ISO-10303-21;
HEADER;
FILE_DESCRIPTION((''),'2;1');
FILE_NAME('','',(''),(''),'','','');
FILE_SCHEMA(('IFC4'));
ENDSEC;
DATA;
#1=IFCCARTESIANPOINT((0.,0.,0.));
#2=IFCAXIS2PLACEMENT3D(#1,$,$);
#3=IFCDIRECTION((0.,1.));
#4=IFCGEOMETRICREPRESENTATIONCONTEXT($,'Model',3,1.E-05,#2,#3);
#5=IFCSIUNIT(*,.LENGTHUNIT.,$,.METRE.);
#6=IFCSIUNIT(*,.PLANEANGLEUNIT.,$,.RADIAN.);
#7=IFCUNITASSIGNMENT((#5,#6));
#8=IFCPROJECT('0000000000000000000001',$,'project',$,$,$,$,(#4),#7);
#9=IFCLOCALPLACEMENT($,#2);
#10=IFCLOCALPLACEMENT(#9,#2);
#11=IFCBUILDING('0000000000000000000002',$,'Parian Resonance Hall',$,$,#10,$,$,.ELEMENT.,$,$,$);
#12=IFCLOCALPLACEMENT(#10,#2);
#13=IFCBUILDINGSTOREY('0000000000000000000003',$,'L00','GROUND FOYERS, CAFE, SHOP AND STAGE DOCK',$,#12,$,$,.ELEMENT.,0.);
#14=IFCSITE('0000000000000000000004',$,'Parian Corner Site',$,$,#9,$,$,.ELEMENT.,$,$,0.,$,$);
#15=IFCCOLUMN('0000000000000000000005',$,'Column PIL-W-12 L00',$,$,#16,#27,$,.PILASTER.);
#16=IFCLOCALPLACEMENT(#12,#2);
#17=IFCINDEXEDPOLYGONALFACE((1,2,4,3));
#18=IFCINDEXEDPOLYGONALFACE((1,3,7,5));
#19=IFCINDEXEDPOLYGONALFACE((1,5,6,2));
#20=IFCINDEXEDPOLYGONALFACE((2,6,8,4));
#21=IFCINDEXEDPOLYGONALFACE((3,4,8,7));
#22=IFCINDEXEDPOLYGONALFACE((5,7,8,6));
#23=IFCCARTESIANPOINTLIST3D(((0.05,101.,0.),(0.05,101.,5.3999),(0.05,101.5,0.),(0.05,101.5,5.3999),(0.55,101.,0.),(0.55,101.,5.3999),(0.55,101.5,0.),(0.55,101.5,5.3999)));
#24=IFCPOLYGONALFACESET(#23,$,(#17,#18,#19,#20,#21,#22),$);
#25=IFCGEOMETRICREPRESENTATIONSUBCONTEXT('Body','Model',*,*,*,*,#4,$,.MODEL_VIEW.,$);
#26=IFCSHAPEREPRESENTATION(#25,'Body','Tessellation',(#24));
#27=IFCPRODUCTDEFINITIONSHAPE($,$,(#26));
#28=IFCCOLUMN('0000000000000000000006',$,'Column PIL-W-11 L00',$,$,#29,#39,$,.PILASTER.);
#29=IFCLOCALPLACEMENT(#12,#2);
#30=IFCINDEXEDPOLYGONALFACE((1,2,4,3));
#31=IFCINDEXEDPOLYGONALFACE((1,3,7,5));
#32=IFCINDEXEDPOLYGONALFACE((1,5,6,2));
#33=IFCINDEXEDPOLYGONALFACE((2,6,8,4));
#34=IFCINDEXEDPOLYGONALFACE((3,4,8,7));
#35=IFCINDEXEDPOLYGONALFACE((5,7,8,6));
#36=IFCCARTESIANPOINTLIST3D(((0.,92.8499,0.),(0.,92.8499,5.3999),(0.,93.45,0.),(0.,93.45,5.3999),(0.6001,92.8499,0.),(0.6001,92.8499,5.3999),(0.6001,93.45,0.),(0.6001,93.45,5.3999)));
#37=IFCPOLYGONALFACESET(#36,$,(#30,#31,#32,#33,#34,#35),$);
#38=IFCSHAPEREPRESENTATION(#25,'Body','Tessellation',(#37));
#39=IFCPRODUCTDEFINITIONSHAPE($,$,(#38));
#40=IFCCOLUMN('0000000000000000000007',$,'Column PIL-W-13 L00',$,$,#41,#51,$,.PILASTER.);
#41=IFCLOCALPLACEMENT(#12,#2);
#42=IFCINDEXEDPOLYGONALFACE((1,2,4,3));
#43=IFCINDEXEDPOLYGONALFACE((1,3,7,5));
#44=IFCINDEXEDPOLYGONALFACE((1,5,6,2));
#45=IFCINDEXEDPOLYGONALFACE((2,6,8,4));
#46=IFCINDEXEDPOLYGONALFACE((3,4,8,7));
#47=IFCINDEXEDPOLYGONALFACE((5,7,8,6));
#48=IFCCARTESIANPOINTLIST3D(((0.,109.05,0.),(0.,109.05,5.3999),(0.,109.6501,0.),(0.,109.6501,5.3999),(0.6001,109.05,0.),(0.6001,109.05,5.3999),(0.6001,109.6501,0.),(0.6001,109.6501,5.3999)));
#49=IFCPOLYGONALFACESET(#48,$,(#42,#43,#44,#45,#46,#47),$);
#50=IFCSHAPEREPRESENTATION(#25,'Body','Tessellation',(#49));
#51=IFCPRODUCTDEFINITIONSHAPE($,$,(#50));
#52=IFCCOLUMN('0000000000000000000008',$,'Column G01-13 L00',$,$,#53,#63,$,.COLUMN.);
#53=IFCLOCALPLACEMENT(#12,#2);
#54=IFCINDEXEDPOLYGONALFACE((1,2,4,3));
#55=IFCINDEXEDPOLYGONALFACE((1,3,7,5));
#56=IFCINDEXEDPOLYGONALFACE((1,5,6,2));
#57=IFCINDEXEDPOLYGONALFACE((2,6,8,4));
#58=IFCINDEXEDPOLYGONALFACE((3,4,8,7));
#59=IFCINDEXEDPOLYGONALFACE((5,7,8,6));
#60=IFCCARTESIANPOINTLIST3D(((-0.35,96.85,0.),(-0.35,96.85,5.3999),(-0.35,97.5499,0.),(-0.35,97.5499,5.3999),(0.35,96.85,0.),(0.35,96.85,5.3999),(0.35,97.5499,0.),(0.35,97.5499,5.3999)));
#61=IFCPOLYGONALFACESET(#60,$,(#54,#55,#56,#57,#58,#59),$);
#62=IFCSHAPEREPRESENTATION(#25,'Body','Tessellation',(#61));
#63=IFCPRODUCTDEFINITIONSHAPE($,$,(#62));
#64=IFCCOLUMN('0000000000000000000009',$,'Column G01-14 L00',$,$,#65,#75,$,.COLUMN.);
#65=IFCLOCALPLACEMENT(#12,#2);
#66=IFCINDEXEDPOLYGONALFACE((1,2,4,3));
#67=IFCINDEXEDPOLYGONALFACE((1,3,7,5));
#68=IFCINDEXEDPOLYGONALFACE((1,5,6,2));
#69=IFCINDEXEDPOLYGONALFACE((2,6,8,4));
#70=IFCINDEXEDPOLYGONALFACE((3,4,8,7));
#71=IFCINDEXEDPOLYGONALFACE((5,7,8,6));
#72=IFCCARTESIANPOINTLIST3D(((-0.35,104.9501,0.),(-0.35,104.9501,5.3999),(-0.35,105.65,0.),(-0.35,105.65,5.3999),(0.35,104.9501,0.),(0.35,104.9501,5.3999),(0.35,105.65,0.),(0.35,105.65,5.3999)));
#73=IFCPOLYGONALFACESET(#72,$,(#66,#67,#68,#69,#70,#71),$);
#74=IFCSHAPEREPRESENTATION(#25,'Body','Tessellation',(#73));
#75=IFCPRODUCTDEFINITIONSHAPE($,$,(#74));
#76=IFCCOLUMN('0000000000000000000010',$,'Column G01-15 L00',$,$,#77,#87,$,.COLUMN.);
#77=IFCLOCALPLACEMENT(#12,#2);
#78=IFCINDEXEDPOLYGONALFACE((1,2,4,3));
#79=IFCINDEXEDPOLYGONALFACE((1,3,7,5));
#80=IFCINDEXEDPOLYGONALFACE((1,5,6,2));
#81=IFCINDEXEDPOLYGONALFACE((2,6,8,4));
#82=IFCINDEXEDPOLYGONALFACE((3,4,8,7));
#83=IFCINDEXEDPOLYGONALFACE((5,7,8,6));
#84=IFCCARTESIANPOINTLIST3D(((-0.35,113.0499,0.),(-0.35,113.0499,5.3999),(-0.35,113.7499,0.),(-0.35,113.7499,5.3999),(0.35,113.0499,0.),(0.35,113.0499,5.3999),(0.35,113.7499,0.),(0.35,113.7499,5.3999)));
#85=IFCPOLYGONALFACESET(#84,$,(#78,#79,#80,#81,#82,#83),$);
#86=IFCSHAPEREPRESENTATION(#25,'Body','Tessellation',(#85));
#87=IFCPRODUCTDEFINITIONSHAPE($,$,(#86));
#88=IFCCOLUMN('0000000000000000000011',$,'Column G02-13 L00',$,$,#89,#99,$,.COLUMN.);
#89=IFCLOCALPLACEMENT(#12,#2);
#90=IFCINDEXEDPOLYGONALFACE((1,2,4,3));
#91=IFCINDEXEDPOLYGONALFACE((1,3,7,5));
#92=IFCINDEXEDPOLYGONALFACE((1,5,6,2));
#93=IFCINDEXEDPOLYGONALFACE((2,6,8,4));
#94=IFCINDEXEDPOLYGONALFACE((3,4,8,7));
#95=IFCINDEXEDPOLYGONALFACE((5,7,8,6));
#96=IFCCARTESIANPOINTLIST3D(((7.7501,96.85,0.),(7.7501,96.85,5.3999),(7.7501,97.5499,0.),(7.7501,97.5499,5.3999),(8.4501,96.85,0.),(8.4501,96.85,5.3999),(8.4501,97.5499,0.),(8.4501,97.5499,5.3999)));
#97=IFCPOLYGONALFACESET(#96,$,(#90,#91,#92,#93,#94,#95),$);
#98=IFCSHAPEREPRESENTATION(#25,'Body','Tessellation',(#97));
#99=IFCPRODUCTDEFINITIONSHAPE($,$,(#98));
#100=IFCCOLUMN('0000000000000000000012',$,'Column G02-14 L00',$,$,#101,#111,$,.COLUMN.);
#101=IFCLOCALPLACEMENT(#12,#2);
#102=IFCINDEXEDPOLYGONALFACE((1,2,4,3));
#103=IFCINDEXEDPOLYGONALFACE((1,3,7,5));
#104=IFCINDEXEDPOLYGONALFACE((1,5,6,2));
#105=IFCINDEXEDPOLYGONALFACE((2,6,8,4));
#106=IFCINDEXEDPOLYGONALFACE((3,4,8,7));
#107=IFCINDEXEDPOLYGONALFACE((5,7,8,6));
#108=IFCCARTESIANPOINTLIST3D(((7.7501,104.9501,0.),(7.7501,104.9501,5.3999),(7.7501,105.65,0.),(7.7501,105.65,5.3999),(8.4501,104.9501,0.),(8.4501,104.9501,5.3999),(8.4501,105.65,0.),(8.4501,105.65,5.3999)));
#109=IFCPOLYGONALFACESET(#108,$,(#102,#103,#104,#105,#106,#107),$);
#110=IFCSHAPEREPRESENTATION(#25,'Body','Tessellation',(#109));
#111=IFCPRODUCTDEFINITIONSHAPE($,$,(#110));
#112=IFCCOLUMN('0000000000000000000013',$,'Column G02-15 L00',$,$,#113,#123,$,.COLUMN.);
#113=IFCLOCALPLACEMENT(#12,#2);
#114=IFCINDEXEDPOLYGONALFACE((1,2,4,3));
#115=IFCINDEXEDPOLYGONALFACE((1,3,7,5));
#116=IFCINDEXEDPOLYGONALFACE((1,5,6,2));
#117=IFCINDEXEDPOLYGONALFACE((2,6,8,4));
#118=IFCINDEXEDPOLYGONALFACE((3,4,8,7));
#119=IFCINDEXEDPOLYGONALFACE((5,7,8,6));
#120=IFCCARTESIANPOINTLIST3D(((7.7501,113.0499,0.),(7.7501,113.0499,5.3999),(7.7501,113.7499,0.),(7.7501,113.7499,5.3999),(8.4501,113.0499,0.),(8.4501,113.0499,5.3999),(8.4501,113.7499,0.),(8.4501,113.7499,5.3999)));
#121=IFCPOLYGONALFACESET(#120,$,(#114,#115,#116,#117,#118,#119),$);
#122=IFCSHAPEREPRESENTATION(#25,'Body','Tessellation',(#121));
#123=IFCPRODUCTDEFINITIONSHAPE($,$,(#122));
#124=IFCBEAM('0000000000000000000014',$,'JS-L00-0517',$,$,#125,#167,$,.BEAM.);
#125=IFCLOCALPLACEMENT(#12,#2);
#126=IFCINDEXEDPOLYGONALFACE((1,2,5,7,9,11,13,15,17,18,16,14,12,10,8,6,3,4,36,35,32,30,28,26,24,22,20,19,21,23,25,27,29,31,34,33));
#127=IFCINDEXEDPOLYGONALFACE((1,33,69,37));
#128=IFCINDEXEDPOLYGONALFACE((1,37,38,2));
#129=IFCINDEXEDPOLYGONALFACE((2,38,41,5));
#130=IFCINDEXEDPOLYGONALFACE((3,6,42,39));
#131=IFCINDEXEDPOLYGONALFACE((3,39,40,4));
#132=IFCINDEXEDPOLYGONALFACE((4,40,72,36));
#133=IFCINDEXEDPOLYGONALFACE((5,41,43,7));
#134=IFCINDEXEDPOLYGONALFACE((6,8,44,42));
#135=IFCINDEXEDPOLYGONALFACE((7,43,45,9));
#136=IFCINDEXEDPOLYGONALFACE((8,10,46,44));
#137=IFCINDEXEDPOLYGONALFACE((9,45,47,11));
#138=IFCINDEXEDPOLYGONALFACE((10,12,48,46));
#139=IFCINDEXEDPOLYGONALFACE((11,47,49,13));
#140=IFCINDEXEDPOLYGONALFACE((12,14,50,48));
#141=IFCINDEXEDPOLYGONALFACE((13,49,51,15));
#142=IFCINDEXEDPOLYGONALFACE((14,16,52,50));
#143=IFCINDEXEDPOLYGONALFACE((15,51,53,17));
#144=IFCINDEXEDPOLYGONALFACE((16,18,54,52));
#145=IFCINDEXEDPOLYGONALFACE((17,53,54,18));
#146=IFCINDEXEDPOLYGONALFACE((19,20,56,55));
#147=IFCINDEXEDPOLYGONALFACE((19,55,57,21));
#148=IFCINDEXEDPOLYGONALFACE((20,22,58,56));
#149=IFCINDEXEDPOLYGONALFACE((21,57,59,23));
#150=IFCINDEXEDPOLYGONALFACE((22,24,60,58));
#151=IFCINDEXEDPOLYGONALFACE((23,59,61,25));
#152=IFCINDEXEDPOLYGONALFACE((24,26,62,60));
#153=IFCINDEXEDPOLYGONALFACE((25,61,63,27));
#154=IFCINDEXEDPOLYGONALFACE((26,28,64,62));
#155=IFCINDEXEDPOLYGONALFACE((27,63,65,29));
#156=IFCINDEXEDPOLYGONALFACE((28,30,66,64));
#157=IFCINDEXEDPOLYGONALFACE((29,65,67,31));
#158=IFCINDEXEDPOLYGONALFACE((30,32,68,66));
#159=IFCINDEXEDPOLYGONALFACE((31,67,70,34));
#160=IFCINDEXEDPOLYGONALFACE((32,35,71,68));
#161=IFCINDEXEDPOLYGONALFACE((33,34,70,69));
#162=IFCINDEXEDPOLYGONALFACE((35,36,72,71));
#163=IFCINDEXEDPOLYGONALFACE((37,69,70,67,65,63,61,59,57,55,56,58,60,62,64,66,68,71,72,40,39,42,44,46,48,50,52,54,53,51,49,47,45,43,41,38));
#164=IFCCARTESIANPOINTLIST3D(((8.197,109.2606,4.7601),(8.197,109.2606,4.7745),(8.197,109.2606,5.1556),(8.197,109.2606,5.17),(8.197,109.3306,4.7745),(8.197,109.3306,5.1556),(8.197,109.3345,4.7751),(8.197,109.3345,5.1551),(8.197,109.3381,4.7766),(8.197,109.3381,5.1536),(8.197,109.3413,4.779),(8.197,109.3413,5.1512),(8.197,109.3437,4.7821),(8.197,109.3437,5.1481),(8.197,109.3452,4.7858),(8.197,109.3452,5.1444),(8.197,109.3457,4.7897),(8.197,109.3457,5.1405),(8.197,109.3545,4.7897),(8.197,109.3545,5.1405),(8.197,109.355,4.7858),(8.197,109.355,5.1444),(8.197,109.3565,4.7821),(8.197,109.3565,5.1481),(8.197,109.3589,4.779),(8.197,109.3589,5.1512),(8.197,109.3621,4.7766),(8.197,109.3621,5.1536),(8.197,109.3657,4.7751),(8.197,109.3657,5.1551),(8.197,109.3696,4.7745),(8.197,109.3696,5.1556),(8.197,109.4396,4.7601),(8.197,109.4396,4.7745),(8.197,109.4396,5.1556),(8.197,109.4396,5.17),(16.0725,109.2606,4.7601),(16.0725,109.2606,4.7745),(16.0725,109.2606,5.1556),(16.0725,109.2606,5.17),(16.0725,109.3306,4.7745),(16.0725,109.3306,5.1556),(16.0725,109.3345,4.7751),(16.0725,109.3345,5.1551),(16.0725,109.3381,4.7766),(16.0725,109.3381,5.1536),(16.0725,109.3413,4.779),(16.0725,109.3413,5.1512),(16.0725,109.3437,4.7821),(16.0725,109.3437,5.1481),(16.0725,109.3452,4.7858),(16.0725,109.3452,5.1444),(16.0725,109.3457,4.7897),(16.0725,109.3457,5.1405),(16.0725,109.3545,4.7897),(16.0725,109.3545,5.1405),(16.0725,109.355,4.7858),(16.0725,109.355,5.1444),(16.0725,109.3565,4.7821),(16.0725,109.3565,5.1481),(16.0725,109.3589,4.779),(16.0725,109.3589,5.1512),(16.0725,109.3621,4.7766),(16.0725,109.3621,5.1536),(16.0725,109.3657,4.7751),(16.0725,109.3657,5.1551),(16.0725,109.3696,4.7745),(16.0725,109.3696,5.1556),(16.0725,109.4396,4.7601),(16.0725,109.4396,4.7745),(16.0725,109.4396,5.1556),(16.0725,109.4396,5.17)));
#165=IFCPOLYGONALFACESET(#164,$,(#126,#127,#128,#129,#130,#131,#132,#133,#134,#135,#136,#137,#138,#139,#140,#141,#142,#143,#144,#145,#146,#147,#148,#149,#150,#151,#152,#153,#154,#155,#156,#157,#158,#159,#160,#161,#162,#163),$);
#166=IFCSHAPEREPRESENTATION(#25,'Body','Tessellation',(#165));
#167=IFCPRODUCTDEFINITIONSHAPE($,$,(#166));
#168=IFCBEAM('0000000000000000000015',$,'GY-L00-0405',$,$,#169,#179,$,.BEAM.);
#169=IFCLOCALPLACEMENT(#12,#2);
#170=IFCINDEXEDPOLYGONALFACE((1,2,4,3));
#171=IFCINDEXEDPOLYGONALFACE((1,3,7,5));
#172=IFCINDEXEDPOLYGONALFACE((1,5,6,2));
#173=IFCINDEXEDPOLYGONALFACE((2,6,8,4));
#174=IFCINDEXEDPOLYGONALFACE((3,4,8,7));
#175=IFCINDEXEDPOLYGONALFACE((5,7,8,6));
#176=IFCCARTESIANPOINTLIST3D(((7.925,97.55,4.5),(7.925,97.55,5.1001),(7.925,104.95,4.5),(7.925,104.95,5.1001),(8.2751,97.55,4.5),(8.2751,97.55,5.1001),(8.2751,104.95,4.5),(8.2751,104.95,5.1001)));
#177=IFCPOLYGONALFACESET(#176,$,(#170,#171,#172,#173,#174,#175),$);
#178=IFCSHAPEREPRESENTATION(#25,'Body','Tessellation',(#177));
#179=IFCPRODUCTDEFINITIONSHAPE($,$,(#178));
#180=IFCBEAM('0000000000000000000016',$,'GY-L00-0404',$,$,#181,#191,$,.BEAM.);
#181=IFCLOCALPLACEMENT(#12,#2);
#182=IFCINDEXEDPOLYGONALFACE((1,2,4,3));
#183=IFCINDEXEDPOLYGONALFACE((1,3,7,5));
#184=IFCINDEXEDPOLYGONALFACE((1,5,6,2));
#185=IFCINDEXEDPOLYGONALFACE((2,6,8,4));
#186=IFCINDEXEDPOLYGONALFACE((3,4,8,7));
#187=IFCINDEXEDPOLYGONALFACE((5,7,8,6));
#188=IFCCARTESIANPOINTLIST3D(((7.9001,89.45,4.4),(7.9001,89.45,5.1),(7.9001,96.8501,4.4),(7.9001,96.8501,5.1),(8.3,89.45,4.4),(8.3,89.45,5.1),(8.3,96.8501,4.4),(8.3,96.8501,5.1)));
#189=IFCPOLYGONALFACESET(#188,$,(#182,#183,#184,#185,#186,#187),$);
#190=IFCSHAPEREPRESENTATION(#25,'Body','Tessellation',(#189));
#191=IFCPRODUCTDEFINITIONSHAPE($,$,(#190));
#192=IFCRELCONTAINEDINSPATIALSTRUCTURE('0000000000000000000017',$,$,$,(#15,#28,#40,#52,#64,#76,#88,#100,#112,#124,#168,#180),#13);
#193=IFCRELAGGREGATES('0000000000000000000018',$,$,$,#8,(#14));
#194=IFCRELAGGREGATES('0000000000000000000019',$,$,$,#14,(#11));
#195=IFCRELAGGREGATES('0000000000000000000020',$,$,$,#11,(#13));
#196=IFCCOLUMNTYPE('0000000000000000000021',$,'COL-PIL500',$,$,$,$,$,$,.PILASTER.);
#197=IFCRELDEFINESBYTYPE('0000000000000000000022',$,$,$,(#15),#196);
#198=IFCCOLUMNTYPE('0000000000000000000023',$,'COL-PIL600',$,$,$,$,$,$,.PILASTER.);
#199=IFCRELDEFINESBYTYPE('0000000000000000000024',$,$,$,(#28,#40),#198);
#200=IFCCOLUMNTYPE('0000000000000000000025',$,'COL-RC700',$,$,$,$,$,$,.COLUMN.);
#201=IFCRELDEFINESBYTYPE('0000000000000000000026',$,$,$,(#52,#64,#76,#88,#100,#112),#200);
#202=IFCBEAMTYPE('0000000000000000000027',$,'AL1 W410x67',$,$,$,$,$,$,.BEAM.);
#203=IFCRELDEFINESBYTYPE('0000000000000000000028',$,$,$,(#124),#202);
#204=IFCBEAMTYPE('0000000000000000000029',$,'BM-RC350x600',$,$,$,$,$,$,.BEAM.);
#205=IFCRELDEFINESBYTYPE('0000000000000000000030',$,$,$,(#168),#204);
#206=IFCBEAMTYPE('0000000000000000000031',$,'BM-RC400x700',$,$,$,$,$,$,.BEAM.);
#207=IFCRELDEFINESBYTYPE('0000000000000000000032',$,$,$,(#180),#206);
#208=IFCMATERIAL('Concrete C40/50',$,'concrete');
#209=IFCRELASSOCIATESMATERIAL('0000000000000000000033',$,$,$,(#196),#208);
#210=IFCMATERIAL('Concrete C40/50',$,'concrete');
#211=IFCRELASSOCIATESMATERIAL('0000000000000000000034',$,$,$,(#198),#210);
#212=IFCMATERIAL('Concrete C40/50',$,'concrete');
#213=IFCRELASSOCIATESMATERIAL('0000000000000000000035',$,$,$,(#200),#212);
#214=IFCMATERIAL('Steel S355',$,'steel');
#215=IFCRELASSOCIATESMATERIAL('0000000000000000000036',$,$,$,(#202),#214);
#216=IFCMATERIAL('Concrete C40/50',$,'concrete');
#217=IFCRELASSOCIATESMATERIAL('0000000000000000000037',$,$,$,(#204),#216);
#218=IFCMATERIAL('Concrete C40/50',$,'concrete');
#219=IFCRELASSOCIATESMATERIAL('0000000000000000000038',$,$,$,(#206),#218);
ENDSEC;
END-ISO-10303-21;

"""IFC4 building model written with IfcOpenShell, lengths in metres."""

from ifc_helpers import new_model, si_unit, direction, frame, origin, origin_2d, place, context, subcontext, project, spatial, rectangle, i_section, extrude, material, material_profile, profile_set, type_object, element, save


model = new_model("IFC4")

# Units and contexts
model_context = context("Model", 3, precision=1e-05, world=origin(), true_north=direction((0.0, 1.0)))
body_context = subcontext(model_context, "Body", "Model", "MODEL_VIEW")
ifc_project = project(units=[si_unit("LENGTHUNIT", "METRE"), si_unit("PLANEANGLEUNIT", "RADIAN")], contexts=[model_context])

# Site, building, storey
site_placement = place(None, origin())
site = spatial("IfcSite", under=ifc_project, at=site_placement, Name="Parian Corner Site", CompositionType="ELEMENT", RefElevation=0.0)
building_placement = place(site_placement, origin())
building = spatial("IfcBuilding", under=site, at=building_placement, Name="Parian Resonance Hall", CompositionType="ELEMENT")
storey_placement = place(building_placement, origin())
storey = spatial("IfcBuildingStorey", under=building, at=storey_placement, Name="L00", Description="GROUND FOYERS, CAFE, SHOP AND STAGE DOCK", CompositionType="ELEMENT", Elevation=0.0)

# Columns
ifc_material_1 = material(Name="Concrete C40/50", Category="concrete")
ifc_material_profile_1 = material_profile(ifc_material_1, rectangle(XDim=0.5, YDim=0.5, at=origin_2d()), Name="RC-COL-500x500")
ifc_profile_set_1 = profile_set([ifc_material_profile_1], Name="Concrete C40/50")
column_type_1 = type_object("IfcColumnType", Name="COL-PIL500", PredefinedType="PILASTER", material=ifc_profile_set_1)
column_placement = place(storey_placement, frame((0.3, 101.25, 0.0), z_axis=(0.0, 0.0, 1.0), x_axis=(1.0, 0.0, 0.0)))
element("IfcColumn", 1, at=column_placement, inside=storey, type_object=column_type_1, Name="Column PIL-W-12 L00", PredefinedType="PILASTER", context=body_context, shape_type="SweptSolid", body=[
    extrude(rectangle(XDim=0.5, YDim=0.5, at=origin_2d()), origin(), (0.0, 0.0, 1.0), 5.3999),
])
ifc_material_2 = material(Name="Concrete C40/50", Category="concrete")
ifc_material_profile_2 = material_profile(ifc_material_2, rectangle(XDim=0.6001, YDim=0.6001, at=origin_2d()), Name="RC-COL-600x600")
ifc_profile_set_2 = profile_set([ifc_material_profile_2], Name="Concrete C40/50")
column_type_2 = type_object("IfcColumnType", Name="COL-PIL600", PredefinedType="PILASTER", material=ifc_profile_set_2)
for number, where, z_axis, x_axis, name in (
    (2, (0.3, 93.1499, 0.0), (0.0, 0.0, 1.0), (1.0, 0.0, 0.0), "Column PIL-W-11 L00"),
    (3, (0.3, 109.3501, 0.0), (0.0, 0.0, 1.0), (1.0, 0.0, 0.0), "Column PIL-W-13 L00"),
):
    element("IfcColumn", number, at=place(storey_placement, frame(where, z_axis=z_axis, x_axis=x_axis)), inside=storey, type_object=column_type_2, Name=name, PredefinedType="PILASTER", context=body_context, shape_type="SweptSolid", body=[
        extrude(rectangle(XDim=0.6001, YDim=0.6001, at=origin_2d()), origin(), (0.0, 0.0, 1.0), 5.3999),
    ])
ifc_material_3 = material(Name="Concrete C40/50", Category="concrete")
ifc_material_profile_3 = material_profile(ifc_material_3, rectangle(XDim=0.7, YDim=0.7, at=origin_2d()), Name="RC-COL-700x700")
ifc_profile_set_3 = profile_set([ifc_material_profile_3], Name="Concrete C40/50")
column_type_3 = type_object("IfcColumnType", Name="COL-RC700", PredefinedType="COLUMN", material=ifc_profile_set_3)
for number, where, z_axis, x_axis, name in (
    (4, (0.0, 97.2, 0.0), (0.0, 0.0, 1.0), (1.0, 0.0, 0.0), "Column G01-13 L00"),
    (5, (0.0, 105.3, 0.0), (0.0, 0.0, 1.0), (1.0, 0.0, 0.0), "Column G01-14 L00"),
    (6, (0.0, 113.3999, 0.0), (0.0, 0.0, 1.0), (1.0, 0.0, 0.0), "Column G01-15 L00"),
    (7, (8.1001, 97.2, 0.0), (0.0, 0.0, 1.0), (1.0, 0.0, 0.0), "Column G02-13 L00"),
    (8, (8.1001, 105.3, 0.0), (0.0, 0.0, 1.0), (1.0, 0.0, 0.0), "Column G02-14 L00"),
    (9, (8.1001, 113.3999, 0.0), (0.0, 0.0, 1.0), (1.0, 0.0, 0.0), "Column G02-15 L00"),
):
    element("IfcColumn", number, at=place(storey_placement, frame(where, z_axis=z_axis, x_axis=x_axis)), inside=storey, type_object=column_type_3, Name=name, PredefinedType="COLUMN", context=body_context, shape_type="SweptSolid", body=[
        extrude(rectangle(XDim=0.7, YDim=0.7, at=origin_2d()), origin(), (0.0, 0.0, 1.0), 5.3999),
    ])

# Beams
ifc_material_4 = material(Name="Steel S355", Category="steel")
ifc_material_profile_4 = material_profile(ifc_material_4, i_section(OverallWidth=0.179, OverallDepth=0.4099, WebThickness=0.0088, FlangeThickness=0.0144, FilletRadius=0.0151, at=origin_2d()), Name="W410x67")
ifc_profile_set_4 = profile_set([ifc_material_profile_4], Name="Steel S355")
beam_type_1 = type_object("IfcBeamType", Name="AL1 W410x67", PredefinedType="BEAM", material=ifc_profile_set_4)
beam_1_placement = place(storey_placement, frame((8.197, 109.3501, 4.9651), z_axis=(1.0, 0.0, 0.0), x_axis=(0.0, 1.0, 0.0)))
element("IfcBeam", 10, at=beam_1_placement, inside=storey, type_object=beam_type_1, Name="JS-L00-0517", PredefinedType="BEAM", context=body_context, shape_type="SweptSolid", body=[
    extrude(i_section(OverallWidth=0.179, OverallDepth=0.4099, WebThickness=0.0088, FlangeThickness=0.0144, FilletRadius=0.0151, at=origin_2d()), origin(), (0.0, 0.0, 1.0), 7.8755),
])
ifc_material_5 = material(Name="Concrete C40/50", Category="concrete")
ifc_material_profile_5 = material_profile(ifc_material_5, rectangle(XDim=0.3501, YDim=0.6001, at=origin_2d()), Name="RC-BM-350x600")
ifc_profile_set_5 = profile_set([ifc_material_profile_5], Name="Concrete C40/50")
beam_type_2 = type_object("IfcBeamType", Name="BM-RC350x600", PredefinedType="BEAM", material=ifc_profile_set_5)
beam_2_placement = place(storey_placement, frame((8.1001, 97.55, 4.8), z_axis=(0.0, 1.0, 0.0), x_axis=(-1.0, 0.0, 0.0)))
element("IfcBeam", 11, at=beam_2_placement, inside=storey, type_object=beam_type_2, Name="GY-L00-0405", PredefinedType="BEAM", context=body_context, shape_type="SweptSolid", body=[
    extrude(rectangle(XDim=0.3501, YDim=0.6001, at=origin_2d()), origin(), (0.0, 0.0, 1.0), 7.3999),
])
ifc_material_6 = material(Name="Concrete C40/50", Category="concrete")
ifc_material_profile_6 = material_profile(ifc_material_6, rectangle(XDim=0.3999, YDim=0.7, at=origin_2d()), Name="RC-BM-400x700")
ifc_profile_set_6 = profile_set([ifc_material_profile_6], Name="Concrete C40/50")
beam_type_3 = type_object("IfcBeamType", Name="BM-RC400x700", PredefinedType="BEAM", material=ifc_profile_set_6)
beam_3_placement = place(storey_placement, frame((8.1001, 89.45, 4.75), z_axis=(0.0, 1.0, 0.0), x_axis=(-1.0, 0.0, 0.0)))
element("IfcBeam", 12, at=beam_3_placement, inside=storey, type_object=beam_type_3, Name="GY-L00-0404", PredefinedType="BEAM", context=body_context, shape_type="SweptSolid", body=[
    extrude(rectangle(XDim=0.3999, YDim=0.7, at=origin_2d()), origin(), (0.0, 0.0, 1.0), 7.4001),
])

save(model, "model.ifc")
